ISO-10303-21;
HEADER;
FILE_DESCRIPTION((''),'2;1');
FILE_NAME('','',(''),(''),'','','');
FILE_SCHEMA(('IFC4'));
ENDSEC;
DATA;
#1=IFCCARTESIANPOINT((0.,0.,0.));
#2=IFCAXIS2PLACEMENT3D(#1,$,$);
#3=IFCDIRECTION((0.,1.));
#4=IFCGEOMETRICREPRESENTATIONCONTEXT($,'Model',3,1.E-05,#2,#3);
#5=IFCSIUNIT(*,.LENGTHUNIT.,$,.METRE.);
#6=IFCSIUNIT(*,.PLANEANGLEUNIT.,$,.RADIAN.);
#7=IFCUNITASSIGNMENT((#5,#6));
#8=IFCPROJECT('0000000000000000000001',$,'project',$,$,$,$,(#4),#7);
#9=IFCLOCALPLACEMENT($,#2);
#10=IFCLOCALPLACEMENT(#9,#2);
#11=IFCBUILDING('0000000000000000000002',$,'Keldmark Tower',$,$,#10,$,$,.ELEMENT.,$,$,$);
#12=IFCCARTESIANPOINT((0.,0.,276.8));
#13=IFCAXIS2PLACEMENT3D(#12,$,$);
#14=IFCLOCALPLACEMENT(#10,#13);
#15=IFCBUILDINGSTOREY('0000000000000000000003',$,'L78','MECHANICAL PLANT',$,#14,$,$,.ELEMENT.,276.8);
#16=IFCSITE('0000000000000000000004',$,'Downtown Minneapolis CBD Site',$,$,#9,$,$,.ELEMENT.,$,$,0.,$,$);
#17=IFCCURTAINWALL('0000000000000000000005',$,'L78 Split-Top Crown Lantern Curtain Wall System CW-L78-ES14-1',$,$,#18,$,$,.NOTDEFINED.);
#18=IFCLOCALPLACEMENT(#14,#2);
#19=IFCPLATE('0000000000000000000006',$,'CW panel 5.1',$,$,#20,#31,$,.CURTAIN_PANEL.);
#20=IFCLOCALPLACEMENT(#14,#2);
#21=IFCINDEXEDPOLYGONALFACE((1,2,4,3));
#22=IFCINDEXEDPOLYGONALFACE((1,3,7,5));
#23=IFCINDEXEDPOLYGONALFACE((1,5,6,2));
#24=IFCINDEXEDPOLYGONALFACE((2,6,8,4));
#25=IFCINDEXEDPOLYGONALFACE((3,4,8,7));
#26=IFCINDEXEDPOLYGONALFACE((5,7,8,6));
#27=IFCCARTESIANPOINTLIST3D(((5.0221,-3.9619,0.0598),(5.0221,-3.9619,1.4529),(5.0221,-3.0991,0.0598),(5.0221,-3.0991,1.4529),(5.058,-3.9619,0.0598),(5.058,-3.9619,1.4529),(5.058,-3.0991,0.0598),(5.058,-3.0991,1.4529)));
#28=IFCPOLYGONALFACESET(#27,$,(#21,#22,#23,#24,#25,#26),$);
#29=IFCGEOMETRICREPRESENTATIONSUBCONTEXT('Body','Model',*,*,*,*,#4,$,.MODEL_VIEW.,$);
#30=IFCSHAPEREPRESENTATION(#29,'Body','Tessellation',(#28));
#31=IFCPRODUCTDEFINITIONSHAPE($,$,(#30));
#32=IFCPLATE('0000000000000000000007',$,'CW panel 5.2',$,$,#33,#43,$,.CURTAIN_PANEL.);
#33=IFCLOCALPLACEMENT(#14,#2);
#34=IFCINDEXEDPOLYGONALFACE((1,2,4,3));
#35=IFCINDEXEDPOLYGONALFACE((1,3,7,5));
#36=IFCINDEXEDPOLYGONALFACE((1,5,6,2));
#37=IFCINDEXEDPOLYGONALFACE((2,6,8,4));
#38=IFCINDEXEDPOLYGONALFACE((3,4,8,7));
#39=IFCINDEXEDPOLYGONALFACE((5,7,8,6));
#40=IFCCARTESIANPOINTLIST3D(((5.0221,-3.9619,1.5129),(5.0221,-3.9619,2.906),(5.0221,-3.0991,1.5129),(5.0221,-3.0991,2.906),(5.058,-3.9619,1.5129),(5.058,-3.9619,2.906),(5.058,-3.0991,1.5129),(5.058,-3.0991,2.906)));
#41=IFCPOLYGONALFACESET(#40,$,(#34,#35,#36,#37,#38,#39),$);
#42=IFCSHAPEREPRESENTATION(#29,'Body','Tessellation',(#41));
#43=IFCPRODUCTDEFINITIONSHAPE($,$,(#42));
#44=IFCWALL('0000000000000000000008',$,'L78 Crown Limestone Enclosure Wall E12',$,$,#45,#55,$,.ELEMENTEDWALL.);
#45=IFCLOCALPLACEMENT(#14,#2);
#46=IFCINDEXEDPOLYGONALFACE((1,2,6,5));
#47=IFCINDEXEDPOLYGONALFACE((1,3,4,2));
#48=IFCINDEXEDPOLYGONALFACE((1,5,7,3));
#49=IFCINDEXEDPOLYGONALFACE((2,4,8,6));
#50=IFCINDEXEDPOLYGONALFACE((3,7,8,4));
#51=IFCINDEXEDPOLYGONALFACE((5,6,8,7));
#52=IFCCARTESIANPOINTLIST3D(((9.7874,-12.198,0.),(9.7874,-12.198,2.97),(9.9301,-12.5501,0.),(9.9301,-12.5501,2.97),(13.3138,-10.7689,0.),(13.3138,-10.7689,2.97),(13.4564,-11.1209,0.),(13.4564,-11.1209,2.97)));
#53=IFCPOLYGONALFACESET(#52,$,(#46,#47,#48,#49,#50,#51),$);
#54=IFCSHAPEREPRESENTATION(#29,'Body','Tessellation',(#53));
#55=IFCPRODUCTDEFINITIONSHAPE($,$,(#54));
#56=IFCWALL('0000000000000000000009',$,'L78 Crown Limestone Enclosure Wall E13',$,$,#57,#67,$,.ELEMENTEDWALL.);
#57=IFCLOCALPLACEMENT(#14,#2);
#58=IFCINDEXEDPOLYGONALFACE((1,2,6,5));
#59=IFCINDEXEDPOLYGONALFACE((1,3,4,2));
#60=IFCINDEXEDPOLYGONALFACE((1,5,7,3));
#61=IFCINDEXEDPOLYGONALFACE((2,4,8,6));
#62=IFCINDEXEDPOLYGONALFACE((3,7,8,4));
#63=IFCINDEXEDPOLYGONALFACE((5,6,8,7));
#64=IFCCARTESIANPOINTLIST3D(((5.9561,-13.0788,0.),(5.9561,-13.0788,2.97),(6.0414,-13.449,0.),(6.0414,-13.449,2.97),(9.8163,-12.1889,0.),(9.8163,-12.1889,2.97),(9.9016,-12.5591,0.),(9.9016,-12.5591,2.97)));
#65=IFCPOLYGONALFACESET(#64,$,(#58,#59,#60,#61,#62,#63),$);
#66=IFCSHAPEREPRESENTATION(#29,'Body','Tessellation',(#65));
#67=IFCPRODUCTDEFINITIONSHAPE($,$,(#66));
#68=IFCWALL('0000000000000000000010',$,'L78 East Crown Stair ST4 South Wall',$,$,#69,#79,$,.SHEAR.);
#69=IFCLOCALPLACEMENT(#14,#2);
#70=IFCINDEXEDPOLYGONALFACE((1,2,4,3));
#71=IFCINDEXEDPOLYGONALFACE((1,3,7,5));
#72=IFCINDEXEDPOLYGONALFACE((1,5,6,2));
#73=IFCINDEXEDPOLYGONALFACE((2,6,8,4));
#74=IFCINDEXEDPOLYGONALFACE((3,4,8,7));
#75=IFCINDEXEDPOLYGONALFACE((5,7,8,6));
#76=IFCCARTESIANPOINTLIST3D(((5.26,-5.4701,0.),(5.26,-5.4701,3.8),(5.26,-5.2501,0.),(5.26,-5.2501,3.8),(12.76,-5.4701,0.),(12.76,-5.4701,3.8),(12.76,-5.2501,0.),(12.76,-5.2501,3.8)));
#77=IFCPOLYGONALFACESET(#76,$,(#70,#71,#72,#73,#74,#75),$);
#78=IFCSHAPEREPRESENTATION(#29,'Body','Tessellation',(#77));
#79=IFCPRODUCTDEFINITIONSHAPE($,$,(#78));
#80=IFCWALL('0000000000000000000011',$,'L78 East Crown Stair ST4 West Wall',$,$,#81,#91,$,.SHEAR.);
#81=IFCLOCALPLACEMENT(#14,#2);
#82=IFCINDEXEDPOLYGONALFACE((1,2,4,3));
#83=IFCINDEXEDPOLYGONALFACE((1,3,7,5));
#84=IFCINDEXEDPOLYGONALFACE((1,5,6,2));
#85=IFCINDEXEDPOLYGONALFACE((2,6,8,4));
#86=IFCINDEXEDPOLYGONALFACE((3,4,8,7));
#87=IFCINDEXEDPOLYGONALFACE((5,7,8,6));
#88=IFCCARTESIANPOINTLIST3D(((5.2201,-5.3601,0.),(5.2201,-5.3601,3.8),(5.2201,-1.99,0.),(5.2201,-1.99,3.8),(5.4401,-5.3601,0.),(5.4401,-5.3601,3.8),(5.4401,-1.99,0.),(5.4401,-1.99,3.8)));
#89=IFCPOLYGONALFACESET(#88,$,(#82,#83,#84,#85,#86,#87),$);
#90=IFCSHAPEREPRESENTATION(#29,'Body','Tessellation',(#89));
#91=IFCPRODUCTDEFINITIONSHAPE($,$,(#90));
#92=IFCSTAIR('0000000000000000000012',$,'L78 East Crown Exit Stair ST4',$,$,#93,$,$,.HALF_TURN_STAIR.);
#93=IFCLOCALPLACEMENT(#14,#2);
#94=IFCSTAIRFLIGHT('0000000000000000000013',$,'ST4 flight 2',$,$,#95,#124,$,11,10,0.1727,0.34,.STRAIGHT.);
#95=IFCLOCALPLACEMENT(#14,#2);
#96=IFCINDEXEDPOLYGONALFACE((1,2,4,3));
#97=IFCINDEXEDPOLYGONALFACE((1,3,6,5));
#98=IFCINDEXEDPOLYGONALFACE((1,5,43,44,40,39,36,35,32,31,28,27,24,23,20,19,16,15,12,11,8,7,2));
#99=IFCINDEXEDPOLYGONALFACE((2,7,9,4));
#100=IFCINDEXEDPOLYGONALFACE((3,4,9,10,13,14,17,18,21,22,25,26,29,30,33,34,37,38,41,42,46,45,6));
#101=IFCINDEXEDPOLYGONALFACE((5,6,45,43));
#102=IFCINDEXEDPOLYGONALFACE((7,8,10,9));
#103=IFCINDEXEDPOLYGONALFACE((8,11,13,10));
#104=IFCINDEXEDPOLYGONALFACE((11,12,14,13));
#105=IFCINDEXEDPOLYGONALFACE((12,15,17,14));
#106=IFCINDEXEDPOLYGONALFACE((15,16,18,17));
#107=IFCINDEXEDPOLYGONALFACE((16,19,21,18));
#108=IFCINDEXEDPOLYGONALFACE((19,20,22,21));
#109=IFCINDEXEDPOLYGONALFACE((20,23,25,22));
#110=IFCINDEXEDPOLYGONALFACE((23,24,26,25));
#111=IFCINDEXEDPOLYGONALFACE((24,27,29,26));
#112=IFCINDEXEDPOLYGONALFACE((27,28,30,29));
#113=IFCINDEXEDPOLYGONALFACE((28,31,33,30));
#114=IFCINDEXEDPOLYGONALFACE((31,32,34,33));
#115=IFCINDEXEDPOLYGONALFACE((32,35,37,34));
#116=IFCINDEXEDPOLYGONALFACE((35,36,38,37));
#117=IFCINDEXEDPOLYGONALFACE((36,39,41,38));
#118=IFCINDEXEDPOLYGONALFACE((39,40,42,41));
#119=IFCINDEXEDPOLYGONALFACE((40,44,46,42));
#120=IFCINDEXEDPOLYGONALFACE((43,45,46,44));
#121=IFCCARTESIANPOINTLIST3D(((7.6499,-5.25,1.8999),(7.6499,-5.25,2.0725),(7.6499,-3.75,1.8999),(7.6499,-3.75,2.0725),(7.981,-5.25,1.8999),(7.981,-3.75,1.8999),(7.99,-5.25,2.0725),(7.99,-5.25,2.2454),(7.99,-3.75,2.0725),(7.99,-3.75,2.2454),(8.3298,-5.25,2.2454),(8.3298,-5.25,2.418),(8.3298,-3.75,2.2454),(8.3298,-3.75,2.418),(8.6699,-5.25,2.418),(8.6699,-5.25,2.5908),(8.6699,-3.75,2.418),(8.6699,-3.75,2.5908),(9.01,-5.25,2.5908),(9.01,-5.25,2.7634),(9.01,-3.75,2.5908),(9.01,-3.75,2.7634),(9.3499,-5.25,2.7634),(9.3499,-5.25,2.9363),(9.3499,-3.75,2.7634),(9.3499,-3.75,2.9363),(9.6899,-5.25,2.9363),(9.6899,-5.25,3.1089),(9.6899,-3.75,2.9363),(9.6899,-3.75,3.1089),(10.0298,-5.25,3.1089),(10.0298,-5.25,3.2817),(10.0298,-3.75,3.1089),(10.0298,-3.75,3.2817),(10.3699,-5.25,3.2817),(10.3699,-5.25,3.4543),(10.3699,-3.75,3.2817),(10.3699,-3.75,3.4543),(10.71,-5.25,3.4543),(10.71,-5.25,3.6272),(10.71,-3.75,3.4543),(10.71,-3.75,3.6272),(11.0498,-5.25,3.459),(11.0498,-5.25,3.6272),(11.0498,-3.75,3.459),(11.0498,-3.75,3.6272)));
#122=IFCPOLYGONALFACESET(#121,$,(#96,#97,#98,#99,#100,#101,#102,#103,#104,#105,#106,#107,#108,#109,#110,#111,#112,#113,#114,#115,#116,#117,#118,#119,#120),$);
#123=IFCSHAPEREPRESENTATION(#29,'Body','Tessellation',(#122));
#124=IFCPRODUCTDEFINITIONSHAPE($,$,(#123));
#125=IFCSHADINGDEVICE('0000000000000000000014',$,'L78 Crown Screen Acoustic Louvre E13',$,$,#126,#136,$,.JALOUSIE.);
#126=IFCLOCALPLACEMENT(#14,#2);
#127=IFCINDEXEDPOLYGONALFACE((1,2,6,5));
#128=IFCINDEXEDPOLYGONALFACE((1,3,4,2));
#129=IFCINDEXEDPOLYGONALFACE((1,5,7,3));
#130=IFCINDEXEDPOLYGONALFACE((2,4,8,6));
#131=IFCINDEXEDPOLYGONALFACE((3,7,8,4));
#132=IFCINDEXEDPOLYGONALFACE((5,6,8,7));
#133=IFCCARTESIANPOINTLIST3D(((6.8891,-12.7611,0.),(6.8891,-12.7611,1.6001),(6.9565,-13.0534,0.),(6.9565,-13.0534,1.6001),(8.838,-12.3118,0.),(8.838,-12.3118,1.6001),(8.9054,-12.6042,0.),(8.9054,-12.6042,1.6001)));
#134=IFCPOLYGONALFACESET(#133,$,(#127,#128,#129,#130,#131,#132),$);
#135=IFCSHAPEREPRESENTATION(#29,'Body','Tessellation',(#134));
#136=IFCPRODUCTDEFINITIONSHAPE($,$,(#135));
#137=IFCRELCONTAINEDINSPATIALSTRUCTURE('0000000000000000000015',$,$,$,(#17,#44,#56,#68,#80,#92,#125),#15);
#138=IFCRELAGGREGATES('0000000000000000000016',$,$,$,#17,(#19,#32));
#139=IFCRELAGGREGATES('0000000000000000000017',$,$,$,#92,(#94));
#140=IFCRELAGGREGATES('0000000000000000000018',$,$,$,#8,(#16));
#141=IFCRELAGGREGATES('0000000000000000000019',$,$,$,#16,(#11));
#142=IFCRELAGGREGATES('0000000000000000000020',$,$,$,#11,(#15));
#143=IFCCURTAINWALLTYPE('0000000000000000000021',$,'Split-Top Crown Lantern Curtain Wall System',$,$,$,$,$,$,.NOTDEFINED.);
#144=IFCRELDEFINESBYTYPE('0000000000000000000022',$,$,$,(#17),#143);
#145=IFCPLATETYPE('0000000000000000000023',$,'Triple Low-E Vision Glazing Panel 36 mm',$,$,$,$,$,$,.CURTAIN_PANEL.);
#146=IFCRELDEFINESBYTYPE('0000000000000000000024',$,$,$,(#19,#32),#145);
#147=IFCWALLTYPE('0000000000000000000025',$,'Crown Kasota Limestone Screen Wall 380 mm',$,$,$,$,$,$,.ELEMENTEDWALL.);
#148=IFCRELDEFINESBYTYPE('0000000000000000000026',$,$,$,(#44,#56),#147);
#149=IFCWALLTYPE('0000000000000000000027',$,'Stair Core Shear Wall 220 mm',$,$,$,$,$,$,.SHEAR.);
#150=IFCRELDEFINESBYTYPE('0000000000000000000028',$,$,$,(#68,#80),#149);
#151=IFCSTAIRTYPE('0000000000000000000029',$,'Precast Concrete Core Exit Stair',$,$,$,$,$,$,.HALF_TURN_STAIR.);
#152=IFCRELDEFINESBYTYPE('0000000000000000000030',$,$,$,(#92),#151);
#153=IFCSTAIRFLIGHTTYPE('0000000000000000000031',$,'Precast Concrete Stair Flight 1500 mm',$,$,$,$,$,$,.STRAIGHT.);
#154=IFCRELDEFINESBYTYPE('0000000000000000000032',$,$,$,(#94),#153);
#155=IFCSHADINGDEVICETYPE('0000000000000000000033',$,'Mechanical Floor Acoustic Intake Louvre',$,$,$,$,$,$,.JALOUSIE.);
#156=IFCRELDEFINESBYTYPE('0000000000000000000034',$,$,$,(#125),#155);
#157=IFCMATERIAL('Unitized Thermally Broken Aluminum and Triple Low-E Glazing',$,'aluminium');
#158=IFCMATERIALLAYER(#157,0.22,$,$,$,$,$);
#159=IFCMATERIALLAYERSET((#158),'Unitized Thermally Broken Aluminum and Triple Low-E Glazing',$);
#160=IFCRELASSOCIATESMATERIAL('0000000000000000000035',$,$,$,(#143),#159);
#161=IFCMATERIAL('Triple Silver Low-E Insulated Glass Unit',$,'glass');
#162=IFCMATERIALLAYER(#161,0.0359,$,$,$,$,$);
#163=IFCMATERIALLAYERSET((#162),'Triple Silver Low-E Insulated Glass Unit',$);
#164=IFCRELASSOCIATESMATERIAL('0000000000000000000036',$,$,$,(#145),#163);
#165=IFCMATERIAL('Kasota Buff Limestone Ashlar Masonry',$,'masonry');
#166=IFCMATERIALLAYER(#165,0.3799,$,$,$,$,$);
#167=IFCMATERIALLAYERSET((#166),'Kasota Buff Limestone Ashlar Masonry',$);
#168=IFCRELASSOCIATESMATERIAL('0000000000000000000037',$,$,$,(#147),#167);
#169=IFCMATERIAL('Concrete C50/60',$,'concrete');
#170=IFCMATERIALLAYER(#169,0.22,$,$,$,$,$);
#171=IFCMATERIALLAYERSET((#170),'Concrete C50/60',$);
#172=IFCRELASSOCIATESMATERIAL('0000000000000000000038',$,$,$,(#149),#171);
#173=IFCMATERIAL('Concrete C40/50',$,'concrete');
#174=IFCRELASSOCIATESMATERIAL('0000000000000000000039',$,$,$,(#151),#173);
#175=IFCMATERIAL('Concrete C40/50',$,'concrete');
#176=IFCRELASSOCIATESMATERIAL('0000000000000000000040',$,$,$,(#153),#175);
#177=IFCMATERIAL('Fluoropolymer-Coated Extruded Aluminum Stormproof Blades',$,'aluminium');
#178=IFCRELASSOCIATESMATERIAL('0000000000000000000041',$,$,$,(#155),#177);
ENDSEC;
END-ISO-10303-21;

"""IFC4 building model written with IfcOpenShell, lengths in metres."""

from ifc_helpers import new_model, si_unit, direction, frame, frame_2d, origin, origin_2d, place, context, subcontext, project, spatial, polyline, rectangle, outline, extrude, material, layer, layer_set, type_object, element, aggregate, save


model = new_model("IFC4")

# Units and contexts
model_context = context("Model", 3, precision=1e-05, world=origin(), true_north=direction((0.0, 1.0)))
body_context = subcontext(model_context, "Body", "Model", "MODEL_VIEW")
ifc_project = project(units=[si_unit("LENGTHUNIT", "METRE"), si_unit("PLANEANGLEUNIT", "RADIAN")], contexts=[model_context])

# Site, building, storey
site_placement = place(None, origin())
site = spatial("IfcSite", under=ifc_project, at=site_placement, Name="Downtown Minneapolis CBD Site", CompositionType="ELEMENT", RefElevation=0.0)
building_placement = place(site_placement, origin())
building = spatial("IfcBuilding", under=site, at=building_placement, Name="Keldmark Tower", CompositionType="ELEMENT")
storey_placement = place(building_placement, frame((0.0, 0.0, 276.8)))
storey = spatial("IfcBuildingStorey", under=building, at=storey_placement, Name="L78", Description="MECHANICAL PLANT", CompositionType="ELEMENT", Elevation=276.8)

# Curtain wall
ifc_material_1 = material(Name="Unitized Thermally Broken Aluminum and Triple Low-E Glazing", Category="aluminium")
ifc_layer_1 = layer(ifc_material_1, 0.22)
ifc_layer_set_1 = layer_set([ifc_layer_1], Name="Unitized Thermally Broken Aluminum and Triple Low-E Glazing")
curtain_wall_type = type_object("IfcCurtainWallType", Name="Split-Top Crown Lantern Curtain Wall System", PredefinedType="NOTDEFINED", material=ifc_layer_set_1)
curtain_wall_placement = place(storey_placement, origin())
curtain_wall = element("IfcCurtainWall", 1, at=curtain_wall_placement, inside=storey, type_object=curtain_wall_type, Name="L78 Split-Top Crown Lantern Curtain Wall System CW-L78-ES14-1", PredefinedType="NOTDEFINED")

# Plates
ifc_material_2 = material(Name="Triple Silver Low-E Insulated Glass Unit", Category="glass")
ifc_layer_2 = layer(ifc_material_2, 0.0359)
ifc_layer_set_2 = layer_set([ifc_layer_2], Name="Triple Silver Low-E Insulated Glass Unit")
plate_type_1 = type_object("IfcPlateType", Name="Triple Low-E Vision Glazing Panel 36 mm", PredefinedType="CURTAIN_PANEL", material=ifc_layer_set_2)
plate_1_placement = place(storey_placement, frame((5.04, -3.5305, 0.0598), z_axis=(0.0, 0.0, 1.0), x_axis=(0.0, -1.0, 0.0)))
plate_1 = element("IfcPlate", 2, at=plate_1_placement, type_object=plate_type_1, Name="CW panel 5.1", PredefinedType="CURTAIN_PANEL", context=body_context, shape_type="SweptSolid", body=[
    extrude(rectangle(XDim=0.8628, YDim=0.0359, at=origin_2d()), origin(), (0.0, 0.0, 1.0), 1.3931),
])
plate_2_placement = place(storey_placement, frame((5.04, -3.5305, 1.5129), z_axis=(0.0, 0.0, 1.0), x_axis=(0.0, -1.0, 0.0)))
plate_2 = element("IfcPlate", 3, at=plate_2_placement, type_object=plate_type_1, Name="CW panel 5.2", PredefinedType="CURTAIN_PANEL", context=body_context, shape_type="SweptSolid", body=[
    extrude(rectangle(XDim=0.8628, YDim=0.0359, at=origin_2d()), origin(), (0.0, 0.0, 1.0), 1.3931),
])
aggregate(curtain_wall, [plate_1, plate_2])

# Walls
ifc_material_3 = material(Name="Kasota Buff Limestone Ashlar Masonry", Category="masonry")
ifc_layer_3 = layer(ifc_material_3, 0.3799)
ifc_layer_set_3 = layer_set([ifc_layer_3], Name="Kasota Buff Limestone Ashlar Masonry")
wall_type_1 = type_object("IfcWallType", Name="Crown Kasota Limestone Screen Wall 380 mm", PredefinedType="ELEMENTEDWALL", material=ifc_layer_set_3)
wall_1_placement = place(storey_placement, frame((9.8589, -12.374, 0.0), z_axis=(0.0, 0.0, 1.0), x_axis=(0.926777, 0.375613, 0.0)))
element("IfcWall", 4, at=wall_1_placement, inside=storey, type_object=wall_type_1, Name="L78 Crown Limestone Enclosure Wall E12", PredefinedType="ELEMENTEDWALL", context=body_context, shape_type="SweptSolid", body=[
    extrude(rectangle(XDim=3.8049, YDim=0.3799, at=frame_2d((1.9023, 0.0))), origin(), (0.0, 0.0, 1.0), 2.97),
])
wall_2_placement = place(storey_placement, frame((5.9988, -13.2639, 0.0), z_axis=(0.0, 0.0, 1.0), x_axis=(0.974441, 0.224643, 0.0)))
element("IfcWall", 5, at=wall_2_placement, inside=storey, type_object=wall_type_1, Name="L78 Crown Limestone Enclosure Wall E13", PredefinedType="ELEMENTEDWALL", context=body_context, shape_type="SweptSolid", body=[
    extrude(rectangle(XDim=3.9614, YDim=0.3799, at=frame_2d((1.9807, 0.0))), origin(), (0.0, 0.0, 1.0), 2.97),
])
ifc_material_4 = material(Name="Concrete C50/60", Category="concrete")
ifc_layer_4 = layer(ifc_material_4, 0.22)
ifc_layer_set_4 = layer_set([ifc_layer_4], Name="Concrete C50/60")
wall_type_2 = type_object("IfcWallType", Name="Stair Core Shear Wall 220 mm", PredefinedType="SHEAR", material=ifc_layer_set_4)
wall_3_placement = place(storey_placement, frame((5.26, -5.3601, 0.0), z_axis=(0.0, 0.0, 1.0), x_axis=(1.0, 0.0, 0.0)))
element("IfcWall", 6, at=wall_3_placement, inside=storey, type_object=wall_type_2, Name="L78 East Crown Stair ST4 South Wall", PredefinedType="SHEAR", context=body_context, shape_type="SweptSolid", body=[
    extrude(rectangle(XDim=7.5, YDim=0.22, at=frame_2d((3.75, 0.0))), origin(), (0.0, 0.0, 1.0), 3.8),
])
wall_4_placement = place(storey_placement, frame((5.3301, -5.3601, 0.0), z_axis=(0.0, 0.0, 1.0), x_axis=(0.0, 1.0, 0.0)))
element("IfcWall", 7, at=wall_4_placement, inside=storey, type_object=wall_type_2, Name="L78 East Crown Stair ST4 West Wall", PredefinedType="SHEAR", context=body_context, shape_type="SweptSolid", body=[
    extrude(rectangle(XDim=3.3701, YDim=0.22, at=frame_2d((1.6851, 0.0))), origin(), (0.0, 0.0, 1.0), 3.8),
])

# Stair, stair flight
ifc_material_5 = material(Name="Concrete C40/50", Category="concrete")
stair_type = type_object("IfcStairType", Name="Precast Concrete Core Exit Stair", PredefinedType="HALF_TURN_STAIR", material=ifc_material_5)
stair_placement = place(storey_placement, origin())
stair = element("IfcStair", 8, at=stair_placement, inside=storey, type_object=stair_type, Name="L78 East Crown Exit Stair ST4", PredefinedType="HALF_TURN_STAIR")
ifc_material_6 = material(Name="Concrete C40/50", Category="concrete")
stair_flight_type = type_object("IfcStairFlightType", Name="Precast Concrete Stair Flight 1500 mm", PredefinedType="STRAIGHT", material=ifc_material_6)
stair_flight_placement = place(storey_placement, frame((7.6499, -4.5, 1.8999), z_axis=(0.0, 0.0, 1.0), x_axis=(1.0, 0.0, 0.0)))
stair_flight = element("IfcStairFlight", 9, at=stair_flight_placement, type_object=stair_flight_type, Name="ST4 flight 2", NumberOfRisers=11, NumberOfTreads=10, PredefinedType="STRAIGHT", RiserHeight=0.1727, TreadLength=0.34, context=body_context, shape_type="SweptSolid", body=[
    extrude(outline(polyline([(0.0, 0.0), (0.0, 0.1726), (0.3401, 0.1726), (0.3401, 0.3455), (0.6799, 0.3455), (0.6799, 0.5181), (1.02, 0.5181), (1.02, 0.6909), (1.3601, 0.6909), (1.3601, 0.8635), (1.7, 0.8635), (1.7, 1.0364), (2.04, 1.0364), (2.04, 1.209), (2.3799, 1.209), (2.3799, 1.3818), (2.72, 1.3818), (2.72, 1.5544), (3.0601, 1.5544), (3.0601, 1.7273), (3.3999, 1.7273), (3.3999, 1.8999), (3.3999, 1.5591), (0.3311, 0.0), (0.0, 0.0)])), frame((0.0, 0.75, 0.0), z_axis=(0.0, -1.0, 0.0), x_axis=(1.0, 0.0, 0.0)), (0.0, 0.0, 1.0), 1.5),
])
aggregate(stair, [stair_flight])

# Shading device
ifc_material_7 = material(Name="Fluoropolymer-Coated Extruded Aluminum Stormproof Blades", Category="aluminium")
shading_device_type = type_object("IfcShadingDeviceType", Name="Mechanical Floor Acoustic Intake Louvre", PredefinedType="JALOUSIE", material=ifc_material_7)
shading_device_placement = place(storey_placement, frame((7.8972, -12.6826, 0.0), z_axis=(0.0, 0.0, 1.0), x_axis=(0.974445, 0.224628, 0.0)))
element("IfcShadingDevice", 10, at=shading_device_placement, inside=storey, type_object=shading_device_type, Name="L78 Crown Screen Acoustic Louvre E13", PredefinedType="JALOUSIE", context=body_context, shape_type="SweptSolid", body=[
    extrude(rectangle(XDim=2.0, YDim=0.3, at=origin_2d()), origin(), (0.0, 0.0, 1.0), 1.6001),
])

save(model, "model.ifc")
